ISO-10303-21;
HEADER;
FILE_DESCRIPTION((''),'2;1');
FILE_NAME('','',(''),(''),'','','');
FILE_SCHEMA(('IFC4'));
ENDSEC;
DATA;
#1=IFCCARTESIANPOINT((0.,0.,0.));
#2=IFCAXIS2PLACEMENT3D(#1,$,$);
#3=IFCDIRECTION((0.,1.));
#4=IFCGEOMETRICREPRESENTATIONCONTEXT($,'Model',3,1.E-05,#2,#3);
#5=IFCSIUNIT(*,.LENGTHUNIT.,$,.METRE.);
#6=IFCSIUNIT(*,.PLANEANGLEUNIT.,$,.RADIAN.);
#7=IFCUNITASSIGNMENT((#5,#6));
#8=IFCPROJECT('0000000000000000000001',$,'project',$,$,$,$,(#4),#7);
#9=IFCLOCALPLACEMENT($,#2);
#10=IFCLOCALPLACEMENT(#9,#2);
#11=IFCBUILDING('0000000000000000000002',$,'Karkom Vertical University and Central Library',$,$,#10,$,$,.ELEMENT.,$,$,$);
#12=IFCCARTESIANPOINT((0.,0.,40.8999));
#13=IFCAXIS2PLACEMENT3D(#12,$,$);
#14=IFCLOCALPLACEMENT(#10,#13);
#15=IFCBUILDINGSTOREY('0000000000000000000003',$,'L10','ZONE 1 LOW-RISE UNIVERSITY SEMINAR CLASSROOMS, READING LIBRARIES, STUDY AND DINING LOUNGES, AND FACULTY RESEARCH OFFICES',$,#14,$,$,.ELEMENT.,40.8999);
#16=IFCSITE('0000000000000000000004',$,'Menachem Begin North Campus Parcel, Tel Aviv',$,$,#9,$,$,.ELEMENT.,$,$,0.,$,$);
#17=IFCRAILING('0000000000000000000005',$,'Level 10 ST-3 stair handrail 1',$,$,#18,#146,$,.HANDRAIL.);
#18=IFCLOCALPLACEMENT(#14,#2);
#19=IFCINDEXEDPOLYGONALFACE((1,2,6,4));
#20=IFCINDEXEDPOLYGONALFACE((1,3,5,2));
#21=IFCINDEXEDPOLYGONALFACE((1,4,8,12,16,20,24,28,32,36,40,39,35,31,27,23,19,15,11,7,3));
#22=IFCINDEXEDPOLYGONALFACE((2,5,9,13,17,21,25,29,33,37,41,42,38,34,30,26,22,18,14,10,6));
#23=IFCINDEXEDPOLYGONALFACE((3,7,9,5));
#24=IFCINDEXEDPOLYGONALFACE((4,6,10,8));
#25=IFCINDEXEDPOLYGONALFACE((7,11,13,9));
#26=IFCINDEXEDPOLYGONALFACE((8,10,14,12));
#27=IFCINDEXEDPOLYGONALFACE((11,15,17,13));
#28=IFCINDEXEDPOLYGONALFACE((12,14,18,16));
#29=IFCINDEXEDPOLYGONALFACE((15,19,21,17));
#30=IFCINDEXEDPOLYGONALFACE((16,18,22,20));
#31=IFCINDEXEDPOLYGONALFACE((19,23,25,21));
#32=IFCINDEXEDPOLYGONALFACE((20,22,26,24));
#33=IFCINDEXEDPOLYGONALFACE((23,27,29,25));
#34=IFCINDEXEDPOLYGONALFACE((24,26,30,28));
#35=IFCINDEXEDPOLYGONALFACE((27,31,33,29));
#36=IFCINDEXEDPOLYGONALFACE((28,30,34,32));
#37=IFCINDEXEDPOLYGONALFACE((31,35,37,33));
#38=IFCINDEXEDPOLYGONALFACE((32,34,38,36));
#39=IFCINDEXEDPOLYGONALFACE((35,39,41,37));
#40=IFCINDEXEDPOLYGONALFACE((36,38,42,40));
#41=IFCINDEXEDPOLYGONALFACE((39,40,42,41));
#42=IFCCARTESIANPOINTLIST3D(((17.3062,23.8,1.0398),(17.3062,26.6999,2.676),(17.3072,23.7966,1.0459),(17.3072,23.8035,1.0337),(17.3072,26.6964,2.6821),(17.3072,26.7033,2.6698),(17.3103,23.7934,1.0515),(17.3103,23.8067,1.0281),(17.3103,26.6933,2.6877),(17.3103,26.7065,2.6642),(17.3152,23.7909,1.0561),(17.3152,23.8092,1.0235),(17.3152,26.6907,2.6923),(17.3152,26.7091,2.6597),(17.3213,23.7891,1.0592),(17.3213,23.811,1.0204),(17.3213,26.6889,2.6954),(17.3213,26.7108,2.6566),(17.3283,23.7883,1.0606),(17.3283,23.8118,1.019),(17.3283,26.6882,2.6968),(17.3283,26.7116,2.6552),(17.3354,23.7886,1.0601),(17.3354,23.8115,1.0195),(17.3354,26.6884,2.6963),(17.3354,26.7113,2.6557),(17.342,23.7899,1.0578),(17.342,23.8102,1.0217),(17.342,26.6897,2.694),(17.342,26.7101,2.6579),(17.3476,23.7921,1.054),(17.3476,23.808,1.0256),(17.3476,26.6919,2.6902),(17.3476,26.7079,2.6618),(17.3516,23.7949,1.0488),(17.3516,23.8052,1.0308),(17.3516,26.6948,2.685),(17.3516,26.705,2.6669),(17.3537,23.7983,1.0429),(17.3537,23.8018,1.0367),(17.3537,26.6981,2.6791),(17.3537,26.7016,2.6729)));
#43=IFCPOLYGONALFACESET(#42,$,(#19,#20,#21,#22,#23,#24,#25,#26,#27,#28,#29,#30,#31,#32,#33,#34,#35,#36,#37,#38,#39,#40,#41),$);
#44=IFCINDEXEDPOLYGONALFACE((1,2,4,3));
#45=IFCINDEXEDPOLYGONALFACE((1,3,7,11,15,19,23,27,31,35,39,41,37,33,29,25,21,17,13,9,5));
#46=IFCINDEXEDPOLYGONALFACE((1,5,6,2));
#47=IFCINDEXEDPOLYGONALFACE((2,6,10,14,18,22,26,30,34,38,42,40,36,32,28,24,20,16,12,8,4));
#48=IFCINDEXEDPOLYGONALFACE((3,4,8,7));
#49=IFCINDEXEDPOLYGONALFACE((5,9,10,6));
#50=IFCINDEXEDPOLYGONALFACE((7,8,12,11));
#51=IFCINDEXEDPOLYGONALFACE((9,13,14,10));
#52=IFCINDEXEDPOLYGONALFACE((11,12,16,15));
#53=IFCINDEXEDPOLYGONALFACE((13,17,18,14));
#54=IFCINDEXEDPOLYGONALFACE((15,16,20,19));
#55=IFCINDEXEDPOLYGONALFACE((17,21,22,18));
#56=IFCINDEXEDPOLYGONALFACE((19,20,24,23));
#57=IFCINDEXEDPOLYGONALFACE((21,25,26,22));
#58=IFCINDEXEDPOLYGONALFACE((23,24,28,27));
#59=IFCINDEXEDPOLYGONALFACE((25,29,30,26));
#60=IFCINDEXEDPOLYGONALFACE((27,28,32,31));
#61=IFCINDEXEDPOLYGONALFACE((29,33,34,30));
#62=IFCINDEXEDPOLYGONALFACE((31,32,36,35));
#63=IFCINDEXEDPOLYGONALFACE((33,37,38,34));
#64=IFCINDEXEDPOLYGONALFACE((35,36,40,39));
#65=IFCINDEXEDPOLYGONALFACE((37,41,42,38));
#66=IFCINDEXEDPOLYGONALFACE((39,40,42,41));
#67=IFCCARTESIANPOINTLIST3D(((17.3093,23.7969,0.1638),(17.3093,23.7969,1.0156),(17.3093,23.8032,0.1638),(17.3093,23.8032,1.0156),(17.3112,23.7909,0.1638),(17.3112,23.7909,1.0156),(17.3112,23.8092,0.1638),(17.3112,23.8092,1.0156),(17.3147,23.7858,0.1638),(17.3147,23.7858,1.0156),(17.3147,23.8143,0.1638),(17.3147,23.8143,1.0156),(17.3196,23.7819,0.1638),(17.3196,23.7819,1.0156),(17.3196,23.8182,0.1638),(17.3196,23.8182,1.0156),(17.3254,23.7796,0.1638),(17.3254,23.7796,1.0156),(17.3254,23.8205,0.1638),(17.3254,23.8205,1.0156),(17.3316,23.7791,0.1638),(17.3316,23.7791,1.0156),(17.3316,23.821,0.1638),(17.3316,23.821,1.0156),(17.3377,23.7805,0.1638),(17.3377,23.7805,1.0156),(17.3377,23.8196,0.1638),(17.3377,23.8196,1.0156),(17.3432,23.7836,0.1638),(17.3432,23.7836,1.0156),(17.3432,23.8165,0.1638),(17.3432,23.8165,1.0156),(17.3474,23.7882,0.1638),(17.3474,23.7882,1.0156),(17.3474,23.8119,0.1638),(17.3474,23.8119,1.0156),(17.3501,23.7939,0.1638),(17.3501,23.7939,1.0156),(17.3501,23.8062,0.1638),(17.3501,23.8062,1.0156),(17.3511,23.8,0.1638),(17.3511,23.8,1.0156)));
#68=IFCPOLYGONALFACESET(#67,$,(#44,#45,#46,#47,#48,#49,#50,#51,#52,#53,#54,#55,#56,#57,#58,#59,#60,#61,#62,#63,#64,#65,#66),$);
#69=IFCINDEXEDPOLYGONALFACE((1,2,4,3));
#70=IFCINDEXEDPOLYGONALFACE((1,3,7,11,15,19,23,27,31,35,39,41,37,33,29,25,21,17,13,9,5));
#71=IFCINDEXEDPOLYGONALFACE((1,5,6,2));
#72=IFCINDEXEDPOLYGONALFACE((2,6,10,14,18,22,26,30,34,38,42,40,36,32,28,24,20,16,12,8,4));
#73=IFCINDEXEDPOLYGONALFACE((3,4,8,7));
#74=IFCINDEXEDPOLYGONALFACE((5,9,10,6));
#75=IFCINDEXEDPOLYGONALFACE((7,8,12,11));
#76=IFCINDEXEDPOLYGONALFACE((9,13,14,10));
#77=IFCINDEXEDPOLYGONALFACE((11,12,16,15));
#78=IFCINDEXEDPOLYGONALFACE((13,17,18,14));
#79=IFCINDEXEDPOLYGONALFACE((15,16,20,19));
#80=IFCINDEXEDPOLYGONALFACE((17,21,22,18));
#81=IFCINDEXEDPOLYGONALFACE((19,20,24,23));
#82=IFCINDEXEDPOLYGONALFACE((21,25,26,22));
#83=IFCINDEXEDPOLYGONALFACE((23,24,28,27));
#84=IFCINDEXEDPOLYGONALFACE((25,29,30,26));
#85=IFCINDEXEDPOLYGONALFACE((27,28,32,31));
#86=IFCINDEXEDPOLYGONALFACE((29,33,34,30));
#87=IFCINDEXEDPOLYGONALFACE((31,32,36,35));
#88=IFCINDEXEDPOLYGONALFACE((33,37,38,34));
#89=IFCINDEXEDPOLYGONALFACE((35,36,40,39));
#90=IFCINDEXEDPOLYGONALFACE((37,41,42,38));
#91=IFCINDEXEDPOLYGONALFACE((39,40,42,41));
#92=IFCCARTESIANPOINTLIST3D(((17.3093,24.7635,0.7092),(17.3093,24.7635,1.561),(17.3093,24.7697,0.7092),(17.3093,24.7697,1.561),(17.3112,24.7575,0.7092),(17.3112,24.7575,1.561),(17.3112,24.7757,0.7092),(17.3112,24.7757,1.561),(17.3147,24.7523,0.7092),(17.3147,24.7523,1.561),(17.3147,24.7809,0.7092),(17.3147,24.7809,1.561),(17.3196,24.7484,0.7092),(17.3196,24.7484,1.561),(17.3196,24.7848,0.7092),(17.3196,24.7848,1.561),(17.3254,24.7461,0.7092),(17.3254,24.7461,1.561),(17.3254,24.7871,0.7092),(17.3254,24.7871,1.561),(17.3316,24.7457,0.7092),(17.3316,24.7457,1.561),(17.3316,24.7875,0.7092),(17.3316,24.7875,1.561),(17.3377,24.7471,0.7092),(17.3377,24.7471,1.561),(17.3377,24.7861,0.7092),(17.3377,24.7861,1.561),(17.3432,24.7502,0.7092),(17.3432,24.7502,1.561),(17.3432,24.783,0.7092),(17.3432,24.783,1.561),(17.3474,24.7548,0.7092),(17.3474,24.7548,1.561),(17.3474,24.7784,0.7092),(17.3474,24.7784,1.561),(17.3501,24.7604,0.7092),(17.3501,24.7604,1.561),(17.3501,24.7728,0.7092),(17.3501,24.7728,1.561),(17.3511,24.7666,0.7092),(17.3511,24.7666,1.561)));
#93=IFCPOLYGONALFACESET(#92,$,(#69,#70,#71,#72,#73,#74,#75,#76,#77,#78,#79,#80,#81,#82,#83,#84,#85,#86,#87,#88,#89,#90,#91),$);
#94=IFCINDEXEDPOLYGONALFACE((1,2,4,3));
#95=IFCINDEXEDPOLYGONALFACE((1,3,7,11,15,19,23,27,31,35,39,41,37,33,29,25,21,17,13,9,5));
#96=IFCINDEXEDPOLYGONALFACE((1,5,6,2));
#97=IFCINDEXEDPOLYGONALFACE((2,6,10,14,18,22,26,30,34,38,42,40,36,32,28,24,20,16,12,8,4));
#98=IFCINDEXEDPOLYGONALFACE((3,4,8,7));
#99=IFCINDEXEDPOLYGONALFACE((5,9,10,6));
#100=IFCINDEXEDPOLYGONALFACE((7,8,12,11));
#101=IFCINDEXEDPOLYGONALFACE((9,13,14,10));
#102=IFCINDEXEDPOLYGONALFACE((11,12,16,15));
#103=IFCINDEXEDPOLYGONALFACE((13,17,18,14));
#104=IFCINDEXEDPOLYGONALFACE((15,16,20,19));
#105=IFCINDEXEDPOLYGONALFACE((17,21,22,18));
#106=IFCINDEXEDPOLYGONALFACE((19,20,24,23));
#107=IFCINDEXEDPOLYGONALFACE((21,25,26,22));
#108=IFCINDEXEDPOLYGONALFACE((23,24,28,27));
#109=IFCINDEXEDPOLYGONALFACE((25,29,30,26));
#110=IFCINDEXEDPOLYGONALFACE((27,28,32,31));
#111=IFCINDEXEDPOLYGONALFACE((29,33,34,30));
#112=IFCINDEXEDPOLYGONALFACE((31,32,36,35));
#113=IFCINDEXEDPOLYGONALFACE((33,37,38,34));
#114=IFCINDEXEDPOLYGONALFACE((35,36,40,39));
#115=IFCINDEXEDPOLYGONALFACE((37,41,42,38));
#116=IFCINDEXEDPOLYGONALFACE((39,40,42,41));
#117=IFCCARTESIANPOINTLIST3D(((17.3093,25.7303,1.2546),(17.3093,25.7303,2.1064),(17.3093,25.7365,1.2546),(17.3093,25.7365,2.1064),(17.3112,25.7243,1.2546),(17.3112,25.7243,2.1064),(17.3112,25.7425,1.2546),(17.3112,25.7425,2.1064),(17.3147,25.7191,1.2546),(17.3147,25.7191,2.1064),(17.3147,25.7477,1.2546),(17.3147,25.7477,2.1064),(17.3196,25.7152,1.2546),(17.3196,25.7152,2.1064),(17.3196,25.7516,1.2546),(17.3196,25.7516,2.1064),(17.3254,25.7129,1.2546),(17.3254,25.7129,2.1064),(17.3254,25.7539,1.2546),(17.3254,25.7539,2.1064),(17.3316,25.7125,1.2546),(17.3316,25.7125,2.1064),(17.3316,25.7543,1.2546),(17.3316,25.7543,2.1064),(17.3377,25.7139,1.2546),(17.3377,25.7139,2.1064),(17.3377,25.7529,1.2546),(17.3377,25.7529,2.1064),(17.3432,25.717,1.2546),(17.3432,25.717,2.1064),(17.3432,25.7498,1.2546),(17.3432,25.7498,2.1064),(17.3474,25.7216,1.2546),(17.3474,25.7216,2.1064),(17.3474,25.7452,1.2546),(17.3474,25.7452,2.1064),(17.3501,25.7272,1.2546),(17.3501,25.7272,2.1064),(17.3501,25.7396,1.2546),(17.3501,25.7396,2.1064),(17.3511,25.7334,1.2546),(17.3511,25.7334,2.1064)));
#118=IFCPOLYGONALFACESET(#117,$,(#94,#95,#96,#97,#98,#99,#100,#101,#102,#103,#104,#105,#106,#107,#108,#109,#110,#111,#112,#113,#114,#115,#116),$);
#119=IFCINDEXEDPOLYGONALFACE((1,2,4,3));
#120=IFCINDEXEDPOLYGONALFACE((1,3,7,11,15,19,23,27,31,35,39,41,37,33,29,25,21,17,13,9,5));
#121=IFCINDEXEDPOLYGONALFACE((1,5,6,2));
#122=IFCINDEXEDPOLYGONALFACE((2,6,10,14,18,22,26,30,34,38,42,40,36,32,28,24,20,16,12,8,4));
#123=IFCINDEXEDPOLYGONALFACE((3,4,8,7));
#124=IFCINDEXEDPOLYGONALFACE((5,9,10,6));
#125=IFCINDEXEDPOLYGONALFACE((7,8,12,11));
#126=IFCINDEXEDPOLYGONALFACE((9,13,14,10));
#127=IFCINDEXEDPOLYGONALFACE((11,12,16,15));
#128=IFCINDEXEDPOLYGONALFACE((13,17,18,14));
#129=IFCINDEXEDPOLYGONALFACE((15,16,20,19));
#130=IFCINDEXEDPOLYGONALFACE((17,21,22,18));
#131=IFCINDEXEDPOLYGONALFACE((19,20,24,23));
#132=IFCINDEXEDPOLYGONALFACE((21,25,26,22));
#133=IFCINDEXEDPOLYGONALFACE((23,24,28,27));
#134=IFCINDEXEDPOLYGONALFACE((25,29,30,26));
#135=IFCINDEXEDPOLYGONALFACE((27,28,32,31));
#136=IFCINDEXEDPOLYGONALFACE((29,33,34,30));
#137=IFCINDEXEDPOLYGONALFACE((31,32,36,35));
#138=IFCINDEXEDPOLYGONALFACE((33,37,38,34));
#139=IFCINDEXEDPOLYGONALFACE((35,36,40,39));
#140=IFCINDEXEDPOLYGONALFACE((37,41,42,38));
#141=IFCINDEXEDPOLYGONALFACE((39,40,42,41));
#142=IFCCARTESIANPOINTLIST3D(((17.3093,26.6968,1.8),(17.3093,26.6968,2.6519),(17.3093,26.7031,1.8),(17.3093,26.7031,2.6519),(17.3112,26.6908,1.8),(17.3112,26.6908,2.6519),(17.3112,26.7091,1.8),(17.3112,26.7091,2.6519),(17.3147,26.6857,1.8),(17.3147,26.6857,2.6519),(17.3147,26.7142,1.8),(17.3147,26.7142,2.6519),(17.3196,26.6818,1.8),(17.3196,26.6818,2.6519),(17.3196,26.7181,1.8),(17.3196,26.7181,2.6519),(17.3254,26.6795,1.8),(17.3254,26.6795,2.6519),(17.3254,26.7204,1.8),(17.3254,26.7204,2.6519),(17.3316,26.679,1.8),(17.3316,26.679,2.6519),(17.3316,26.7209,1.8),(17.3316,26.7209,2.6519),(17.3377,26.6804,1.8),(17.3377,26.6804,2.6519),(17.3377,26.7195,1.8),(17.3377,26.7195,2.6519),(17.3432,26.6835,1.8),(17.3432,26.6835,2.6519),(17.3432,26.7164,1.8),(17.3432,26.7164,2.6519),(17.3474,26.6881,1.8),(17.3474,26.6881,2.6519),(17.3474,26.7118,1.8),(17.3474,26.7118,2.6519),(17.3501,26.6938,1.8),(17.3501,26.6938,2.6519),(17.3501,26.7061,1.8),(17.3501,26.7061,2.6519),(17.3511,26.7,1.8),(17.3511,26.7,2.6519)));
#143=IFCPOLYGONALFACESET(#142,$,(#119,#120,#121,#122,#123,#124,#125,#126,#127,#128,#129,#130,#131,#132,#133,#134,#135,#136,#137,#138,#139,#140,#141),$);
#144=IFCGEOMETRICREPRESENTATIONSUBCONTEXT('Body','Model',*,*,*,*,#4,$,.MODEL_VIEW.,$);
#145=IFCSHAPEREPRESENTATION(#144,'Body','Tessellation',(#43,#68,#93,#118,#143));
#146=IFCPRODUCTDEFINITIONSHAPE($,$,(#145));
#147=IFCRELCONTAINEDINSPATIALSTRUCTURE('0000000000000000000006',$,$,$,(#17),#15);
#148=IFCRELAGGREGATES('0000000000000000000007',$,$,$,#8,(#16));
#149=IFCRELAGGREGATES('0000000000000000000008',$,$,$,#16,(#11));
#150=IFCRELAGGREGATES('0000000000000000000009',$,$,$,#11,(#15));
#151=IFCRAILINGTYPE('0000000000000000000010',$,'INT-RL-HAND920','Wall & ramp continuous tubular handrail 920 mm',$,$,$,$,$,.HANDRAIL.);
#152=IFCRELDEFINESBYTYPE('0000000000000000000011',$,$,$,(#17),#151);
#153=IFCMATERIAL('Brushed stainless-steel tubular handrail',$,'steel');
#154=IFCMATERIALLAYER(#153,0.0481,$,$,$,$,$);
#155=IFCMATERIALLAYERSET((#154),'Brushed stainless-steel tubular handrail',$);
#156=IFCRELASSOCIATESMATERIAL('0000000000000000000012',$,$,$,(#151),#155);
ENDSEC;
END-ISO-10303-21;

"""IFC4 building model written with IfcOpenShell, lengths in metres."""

from ifc_helpers import new_model, si_unit, direction, frame, origin, origin_2d, place, context, subcontext, project, spatial, circle, extrude, material, layer, layer_set, type_object, element, save


model = new_model("IFC4")

# Units and contexts
model_context = context("Model", 3, precision=1e-05, world=origin(), true_north=direction((0.0, 1.0)))
body_context = subcontext(model_context, "Body", "Model", "MODEL_VIEW")
ifc_project = project(units=[si_unit("LENGTHUNIT", "METRE"), si_unit("PLANEANGLEUNIT", "RADIAN")], contexts=[model_context])

# Site, building, storey
site_placement = place(None, origin())
site = spatial("IfcSite", under=ifc_project, at=site_placement, Name="Menachem Begin North Campus Parcel, Tel Aviv", CompositionType="ELEMENT", RefElevation=0.0)
building_placement = place(site_placement, origin())
building = spatial("IfcBuilding", under=site, at=building_placement, Name="Karkom Vertical University and Central Library", CompositionType="ELEMENT")
storey_placement = place(building_placement, frame((0.0, 0.0, 40.8999)))
storey = spatial("IfcBuildingStorey", under=building, at=storey_placement, Name="L10", Description="ZONE 1 LOW-RISE UNIVERSITY SEMINAR CLASSROOMS, READING LIBRARIES, STUDY AND DINING LOUNGES, AND FACULTY RESEARCH OFFICES", CompositionType="ELEMENT", Elevation=40.8999)

# Railing
ifc_material_1 = material(Name="Brushed stainless-steel tubular handrail", Category="steel")
ifc_layer_1 = layer(ifc_material_1, 0.0481)
ifc_layer_set_1 = layer_set([ifc_layer_1], Name="Brushed stainless-steel tubular handrail")
railing_type_1 = type_object("IfcRailingType", Name="INT-RL-HAND920", Description="Wall & ramp continuous tubular handrail 920 mm", PredefinedType="HANDRAIL", material=ifc_layer_set_1)
railing_1_placement = place(storey_placement, frame((17.3301, 23.8, 0.1638)))
element("IfcRailing", 1, at=railing_1_placement, inside=storey, type_object=railing_type_1, Name="Level 10 ST-3 stair handrail 1", PredefinedType="HANDRAIL", context=body_context, shape_type="SweptSolid", body=[
    extrude(circle(Radius=0.0239, at=origin_2d()), frame((0.0, 0.0, 0.876), z_axis=(0.0, 0.870929, 0.49141), x_axis=(-1.0, 0.0, 0.0)), (0.0, 0.0, 1.0), 3.3296),
    extrude(circle(Radius=0.021, at=origin_2d()), origin(), (0.0, 0.0, 1.0), 0.8518),
    extrude(circle(Radius=0.021, at=origin_2d()), frame((0.0, 0.9666, 0.5454)), (0.0, 0.0, 1.0), 0.8518),
    extrude(circle(Radius=0.021, at=origin_2d()), frame((0.0, 1.9333, 1.0908)), (0.0, 0.0, 1.0), 0.8518),
    extrude(circle(Radius=0.021, at=origin_2d()), frame((0.0, 2.8999, 1.6362)), (0.0, 0.0, 1.0), 0.8518),
])

save(model, "model.ifc")
